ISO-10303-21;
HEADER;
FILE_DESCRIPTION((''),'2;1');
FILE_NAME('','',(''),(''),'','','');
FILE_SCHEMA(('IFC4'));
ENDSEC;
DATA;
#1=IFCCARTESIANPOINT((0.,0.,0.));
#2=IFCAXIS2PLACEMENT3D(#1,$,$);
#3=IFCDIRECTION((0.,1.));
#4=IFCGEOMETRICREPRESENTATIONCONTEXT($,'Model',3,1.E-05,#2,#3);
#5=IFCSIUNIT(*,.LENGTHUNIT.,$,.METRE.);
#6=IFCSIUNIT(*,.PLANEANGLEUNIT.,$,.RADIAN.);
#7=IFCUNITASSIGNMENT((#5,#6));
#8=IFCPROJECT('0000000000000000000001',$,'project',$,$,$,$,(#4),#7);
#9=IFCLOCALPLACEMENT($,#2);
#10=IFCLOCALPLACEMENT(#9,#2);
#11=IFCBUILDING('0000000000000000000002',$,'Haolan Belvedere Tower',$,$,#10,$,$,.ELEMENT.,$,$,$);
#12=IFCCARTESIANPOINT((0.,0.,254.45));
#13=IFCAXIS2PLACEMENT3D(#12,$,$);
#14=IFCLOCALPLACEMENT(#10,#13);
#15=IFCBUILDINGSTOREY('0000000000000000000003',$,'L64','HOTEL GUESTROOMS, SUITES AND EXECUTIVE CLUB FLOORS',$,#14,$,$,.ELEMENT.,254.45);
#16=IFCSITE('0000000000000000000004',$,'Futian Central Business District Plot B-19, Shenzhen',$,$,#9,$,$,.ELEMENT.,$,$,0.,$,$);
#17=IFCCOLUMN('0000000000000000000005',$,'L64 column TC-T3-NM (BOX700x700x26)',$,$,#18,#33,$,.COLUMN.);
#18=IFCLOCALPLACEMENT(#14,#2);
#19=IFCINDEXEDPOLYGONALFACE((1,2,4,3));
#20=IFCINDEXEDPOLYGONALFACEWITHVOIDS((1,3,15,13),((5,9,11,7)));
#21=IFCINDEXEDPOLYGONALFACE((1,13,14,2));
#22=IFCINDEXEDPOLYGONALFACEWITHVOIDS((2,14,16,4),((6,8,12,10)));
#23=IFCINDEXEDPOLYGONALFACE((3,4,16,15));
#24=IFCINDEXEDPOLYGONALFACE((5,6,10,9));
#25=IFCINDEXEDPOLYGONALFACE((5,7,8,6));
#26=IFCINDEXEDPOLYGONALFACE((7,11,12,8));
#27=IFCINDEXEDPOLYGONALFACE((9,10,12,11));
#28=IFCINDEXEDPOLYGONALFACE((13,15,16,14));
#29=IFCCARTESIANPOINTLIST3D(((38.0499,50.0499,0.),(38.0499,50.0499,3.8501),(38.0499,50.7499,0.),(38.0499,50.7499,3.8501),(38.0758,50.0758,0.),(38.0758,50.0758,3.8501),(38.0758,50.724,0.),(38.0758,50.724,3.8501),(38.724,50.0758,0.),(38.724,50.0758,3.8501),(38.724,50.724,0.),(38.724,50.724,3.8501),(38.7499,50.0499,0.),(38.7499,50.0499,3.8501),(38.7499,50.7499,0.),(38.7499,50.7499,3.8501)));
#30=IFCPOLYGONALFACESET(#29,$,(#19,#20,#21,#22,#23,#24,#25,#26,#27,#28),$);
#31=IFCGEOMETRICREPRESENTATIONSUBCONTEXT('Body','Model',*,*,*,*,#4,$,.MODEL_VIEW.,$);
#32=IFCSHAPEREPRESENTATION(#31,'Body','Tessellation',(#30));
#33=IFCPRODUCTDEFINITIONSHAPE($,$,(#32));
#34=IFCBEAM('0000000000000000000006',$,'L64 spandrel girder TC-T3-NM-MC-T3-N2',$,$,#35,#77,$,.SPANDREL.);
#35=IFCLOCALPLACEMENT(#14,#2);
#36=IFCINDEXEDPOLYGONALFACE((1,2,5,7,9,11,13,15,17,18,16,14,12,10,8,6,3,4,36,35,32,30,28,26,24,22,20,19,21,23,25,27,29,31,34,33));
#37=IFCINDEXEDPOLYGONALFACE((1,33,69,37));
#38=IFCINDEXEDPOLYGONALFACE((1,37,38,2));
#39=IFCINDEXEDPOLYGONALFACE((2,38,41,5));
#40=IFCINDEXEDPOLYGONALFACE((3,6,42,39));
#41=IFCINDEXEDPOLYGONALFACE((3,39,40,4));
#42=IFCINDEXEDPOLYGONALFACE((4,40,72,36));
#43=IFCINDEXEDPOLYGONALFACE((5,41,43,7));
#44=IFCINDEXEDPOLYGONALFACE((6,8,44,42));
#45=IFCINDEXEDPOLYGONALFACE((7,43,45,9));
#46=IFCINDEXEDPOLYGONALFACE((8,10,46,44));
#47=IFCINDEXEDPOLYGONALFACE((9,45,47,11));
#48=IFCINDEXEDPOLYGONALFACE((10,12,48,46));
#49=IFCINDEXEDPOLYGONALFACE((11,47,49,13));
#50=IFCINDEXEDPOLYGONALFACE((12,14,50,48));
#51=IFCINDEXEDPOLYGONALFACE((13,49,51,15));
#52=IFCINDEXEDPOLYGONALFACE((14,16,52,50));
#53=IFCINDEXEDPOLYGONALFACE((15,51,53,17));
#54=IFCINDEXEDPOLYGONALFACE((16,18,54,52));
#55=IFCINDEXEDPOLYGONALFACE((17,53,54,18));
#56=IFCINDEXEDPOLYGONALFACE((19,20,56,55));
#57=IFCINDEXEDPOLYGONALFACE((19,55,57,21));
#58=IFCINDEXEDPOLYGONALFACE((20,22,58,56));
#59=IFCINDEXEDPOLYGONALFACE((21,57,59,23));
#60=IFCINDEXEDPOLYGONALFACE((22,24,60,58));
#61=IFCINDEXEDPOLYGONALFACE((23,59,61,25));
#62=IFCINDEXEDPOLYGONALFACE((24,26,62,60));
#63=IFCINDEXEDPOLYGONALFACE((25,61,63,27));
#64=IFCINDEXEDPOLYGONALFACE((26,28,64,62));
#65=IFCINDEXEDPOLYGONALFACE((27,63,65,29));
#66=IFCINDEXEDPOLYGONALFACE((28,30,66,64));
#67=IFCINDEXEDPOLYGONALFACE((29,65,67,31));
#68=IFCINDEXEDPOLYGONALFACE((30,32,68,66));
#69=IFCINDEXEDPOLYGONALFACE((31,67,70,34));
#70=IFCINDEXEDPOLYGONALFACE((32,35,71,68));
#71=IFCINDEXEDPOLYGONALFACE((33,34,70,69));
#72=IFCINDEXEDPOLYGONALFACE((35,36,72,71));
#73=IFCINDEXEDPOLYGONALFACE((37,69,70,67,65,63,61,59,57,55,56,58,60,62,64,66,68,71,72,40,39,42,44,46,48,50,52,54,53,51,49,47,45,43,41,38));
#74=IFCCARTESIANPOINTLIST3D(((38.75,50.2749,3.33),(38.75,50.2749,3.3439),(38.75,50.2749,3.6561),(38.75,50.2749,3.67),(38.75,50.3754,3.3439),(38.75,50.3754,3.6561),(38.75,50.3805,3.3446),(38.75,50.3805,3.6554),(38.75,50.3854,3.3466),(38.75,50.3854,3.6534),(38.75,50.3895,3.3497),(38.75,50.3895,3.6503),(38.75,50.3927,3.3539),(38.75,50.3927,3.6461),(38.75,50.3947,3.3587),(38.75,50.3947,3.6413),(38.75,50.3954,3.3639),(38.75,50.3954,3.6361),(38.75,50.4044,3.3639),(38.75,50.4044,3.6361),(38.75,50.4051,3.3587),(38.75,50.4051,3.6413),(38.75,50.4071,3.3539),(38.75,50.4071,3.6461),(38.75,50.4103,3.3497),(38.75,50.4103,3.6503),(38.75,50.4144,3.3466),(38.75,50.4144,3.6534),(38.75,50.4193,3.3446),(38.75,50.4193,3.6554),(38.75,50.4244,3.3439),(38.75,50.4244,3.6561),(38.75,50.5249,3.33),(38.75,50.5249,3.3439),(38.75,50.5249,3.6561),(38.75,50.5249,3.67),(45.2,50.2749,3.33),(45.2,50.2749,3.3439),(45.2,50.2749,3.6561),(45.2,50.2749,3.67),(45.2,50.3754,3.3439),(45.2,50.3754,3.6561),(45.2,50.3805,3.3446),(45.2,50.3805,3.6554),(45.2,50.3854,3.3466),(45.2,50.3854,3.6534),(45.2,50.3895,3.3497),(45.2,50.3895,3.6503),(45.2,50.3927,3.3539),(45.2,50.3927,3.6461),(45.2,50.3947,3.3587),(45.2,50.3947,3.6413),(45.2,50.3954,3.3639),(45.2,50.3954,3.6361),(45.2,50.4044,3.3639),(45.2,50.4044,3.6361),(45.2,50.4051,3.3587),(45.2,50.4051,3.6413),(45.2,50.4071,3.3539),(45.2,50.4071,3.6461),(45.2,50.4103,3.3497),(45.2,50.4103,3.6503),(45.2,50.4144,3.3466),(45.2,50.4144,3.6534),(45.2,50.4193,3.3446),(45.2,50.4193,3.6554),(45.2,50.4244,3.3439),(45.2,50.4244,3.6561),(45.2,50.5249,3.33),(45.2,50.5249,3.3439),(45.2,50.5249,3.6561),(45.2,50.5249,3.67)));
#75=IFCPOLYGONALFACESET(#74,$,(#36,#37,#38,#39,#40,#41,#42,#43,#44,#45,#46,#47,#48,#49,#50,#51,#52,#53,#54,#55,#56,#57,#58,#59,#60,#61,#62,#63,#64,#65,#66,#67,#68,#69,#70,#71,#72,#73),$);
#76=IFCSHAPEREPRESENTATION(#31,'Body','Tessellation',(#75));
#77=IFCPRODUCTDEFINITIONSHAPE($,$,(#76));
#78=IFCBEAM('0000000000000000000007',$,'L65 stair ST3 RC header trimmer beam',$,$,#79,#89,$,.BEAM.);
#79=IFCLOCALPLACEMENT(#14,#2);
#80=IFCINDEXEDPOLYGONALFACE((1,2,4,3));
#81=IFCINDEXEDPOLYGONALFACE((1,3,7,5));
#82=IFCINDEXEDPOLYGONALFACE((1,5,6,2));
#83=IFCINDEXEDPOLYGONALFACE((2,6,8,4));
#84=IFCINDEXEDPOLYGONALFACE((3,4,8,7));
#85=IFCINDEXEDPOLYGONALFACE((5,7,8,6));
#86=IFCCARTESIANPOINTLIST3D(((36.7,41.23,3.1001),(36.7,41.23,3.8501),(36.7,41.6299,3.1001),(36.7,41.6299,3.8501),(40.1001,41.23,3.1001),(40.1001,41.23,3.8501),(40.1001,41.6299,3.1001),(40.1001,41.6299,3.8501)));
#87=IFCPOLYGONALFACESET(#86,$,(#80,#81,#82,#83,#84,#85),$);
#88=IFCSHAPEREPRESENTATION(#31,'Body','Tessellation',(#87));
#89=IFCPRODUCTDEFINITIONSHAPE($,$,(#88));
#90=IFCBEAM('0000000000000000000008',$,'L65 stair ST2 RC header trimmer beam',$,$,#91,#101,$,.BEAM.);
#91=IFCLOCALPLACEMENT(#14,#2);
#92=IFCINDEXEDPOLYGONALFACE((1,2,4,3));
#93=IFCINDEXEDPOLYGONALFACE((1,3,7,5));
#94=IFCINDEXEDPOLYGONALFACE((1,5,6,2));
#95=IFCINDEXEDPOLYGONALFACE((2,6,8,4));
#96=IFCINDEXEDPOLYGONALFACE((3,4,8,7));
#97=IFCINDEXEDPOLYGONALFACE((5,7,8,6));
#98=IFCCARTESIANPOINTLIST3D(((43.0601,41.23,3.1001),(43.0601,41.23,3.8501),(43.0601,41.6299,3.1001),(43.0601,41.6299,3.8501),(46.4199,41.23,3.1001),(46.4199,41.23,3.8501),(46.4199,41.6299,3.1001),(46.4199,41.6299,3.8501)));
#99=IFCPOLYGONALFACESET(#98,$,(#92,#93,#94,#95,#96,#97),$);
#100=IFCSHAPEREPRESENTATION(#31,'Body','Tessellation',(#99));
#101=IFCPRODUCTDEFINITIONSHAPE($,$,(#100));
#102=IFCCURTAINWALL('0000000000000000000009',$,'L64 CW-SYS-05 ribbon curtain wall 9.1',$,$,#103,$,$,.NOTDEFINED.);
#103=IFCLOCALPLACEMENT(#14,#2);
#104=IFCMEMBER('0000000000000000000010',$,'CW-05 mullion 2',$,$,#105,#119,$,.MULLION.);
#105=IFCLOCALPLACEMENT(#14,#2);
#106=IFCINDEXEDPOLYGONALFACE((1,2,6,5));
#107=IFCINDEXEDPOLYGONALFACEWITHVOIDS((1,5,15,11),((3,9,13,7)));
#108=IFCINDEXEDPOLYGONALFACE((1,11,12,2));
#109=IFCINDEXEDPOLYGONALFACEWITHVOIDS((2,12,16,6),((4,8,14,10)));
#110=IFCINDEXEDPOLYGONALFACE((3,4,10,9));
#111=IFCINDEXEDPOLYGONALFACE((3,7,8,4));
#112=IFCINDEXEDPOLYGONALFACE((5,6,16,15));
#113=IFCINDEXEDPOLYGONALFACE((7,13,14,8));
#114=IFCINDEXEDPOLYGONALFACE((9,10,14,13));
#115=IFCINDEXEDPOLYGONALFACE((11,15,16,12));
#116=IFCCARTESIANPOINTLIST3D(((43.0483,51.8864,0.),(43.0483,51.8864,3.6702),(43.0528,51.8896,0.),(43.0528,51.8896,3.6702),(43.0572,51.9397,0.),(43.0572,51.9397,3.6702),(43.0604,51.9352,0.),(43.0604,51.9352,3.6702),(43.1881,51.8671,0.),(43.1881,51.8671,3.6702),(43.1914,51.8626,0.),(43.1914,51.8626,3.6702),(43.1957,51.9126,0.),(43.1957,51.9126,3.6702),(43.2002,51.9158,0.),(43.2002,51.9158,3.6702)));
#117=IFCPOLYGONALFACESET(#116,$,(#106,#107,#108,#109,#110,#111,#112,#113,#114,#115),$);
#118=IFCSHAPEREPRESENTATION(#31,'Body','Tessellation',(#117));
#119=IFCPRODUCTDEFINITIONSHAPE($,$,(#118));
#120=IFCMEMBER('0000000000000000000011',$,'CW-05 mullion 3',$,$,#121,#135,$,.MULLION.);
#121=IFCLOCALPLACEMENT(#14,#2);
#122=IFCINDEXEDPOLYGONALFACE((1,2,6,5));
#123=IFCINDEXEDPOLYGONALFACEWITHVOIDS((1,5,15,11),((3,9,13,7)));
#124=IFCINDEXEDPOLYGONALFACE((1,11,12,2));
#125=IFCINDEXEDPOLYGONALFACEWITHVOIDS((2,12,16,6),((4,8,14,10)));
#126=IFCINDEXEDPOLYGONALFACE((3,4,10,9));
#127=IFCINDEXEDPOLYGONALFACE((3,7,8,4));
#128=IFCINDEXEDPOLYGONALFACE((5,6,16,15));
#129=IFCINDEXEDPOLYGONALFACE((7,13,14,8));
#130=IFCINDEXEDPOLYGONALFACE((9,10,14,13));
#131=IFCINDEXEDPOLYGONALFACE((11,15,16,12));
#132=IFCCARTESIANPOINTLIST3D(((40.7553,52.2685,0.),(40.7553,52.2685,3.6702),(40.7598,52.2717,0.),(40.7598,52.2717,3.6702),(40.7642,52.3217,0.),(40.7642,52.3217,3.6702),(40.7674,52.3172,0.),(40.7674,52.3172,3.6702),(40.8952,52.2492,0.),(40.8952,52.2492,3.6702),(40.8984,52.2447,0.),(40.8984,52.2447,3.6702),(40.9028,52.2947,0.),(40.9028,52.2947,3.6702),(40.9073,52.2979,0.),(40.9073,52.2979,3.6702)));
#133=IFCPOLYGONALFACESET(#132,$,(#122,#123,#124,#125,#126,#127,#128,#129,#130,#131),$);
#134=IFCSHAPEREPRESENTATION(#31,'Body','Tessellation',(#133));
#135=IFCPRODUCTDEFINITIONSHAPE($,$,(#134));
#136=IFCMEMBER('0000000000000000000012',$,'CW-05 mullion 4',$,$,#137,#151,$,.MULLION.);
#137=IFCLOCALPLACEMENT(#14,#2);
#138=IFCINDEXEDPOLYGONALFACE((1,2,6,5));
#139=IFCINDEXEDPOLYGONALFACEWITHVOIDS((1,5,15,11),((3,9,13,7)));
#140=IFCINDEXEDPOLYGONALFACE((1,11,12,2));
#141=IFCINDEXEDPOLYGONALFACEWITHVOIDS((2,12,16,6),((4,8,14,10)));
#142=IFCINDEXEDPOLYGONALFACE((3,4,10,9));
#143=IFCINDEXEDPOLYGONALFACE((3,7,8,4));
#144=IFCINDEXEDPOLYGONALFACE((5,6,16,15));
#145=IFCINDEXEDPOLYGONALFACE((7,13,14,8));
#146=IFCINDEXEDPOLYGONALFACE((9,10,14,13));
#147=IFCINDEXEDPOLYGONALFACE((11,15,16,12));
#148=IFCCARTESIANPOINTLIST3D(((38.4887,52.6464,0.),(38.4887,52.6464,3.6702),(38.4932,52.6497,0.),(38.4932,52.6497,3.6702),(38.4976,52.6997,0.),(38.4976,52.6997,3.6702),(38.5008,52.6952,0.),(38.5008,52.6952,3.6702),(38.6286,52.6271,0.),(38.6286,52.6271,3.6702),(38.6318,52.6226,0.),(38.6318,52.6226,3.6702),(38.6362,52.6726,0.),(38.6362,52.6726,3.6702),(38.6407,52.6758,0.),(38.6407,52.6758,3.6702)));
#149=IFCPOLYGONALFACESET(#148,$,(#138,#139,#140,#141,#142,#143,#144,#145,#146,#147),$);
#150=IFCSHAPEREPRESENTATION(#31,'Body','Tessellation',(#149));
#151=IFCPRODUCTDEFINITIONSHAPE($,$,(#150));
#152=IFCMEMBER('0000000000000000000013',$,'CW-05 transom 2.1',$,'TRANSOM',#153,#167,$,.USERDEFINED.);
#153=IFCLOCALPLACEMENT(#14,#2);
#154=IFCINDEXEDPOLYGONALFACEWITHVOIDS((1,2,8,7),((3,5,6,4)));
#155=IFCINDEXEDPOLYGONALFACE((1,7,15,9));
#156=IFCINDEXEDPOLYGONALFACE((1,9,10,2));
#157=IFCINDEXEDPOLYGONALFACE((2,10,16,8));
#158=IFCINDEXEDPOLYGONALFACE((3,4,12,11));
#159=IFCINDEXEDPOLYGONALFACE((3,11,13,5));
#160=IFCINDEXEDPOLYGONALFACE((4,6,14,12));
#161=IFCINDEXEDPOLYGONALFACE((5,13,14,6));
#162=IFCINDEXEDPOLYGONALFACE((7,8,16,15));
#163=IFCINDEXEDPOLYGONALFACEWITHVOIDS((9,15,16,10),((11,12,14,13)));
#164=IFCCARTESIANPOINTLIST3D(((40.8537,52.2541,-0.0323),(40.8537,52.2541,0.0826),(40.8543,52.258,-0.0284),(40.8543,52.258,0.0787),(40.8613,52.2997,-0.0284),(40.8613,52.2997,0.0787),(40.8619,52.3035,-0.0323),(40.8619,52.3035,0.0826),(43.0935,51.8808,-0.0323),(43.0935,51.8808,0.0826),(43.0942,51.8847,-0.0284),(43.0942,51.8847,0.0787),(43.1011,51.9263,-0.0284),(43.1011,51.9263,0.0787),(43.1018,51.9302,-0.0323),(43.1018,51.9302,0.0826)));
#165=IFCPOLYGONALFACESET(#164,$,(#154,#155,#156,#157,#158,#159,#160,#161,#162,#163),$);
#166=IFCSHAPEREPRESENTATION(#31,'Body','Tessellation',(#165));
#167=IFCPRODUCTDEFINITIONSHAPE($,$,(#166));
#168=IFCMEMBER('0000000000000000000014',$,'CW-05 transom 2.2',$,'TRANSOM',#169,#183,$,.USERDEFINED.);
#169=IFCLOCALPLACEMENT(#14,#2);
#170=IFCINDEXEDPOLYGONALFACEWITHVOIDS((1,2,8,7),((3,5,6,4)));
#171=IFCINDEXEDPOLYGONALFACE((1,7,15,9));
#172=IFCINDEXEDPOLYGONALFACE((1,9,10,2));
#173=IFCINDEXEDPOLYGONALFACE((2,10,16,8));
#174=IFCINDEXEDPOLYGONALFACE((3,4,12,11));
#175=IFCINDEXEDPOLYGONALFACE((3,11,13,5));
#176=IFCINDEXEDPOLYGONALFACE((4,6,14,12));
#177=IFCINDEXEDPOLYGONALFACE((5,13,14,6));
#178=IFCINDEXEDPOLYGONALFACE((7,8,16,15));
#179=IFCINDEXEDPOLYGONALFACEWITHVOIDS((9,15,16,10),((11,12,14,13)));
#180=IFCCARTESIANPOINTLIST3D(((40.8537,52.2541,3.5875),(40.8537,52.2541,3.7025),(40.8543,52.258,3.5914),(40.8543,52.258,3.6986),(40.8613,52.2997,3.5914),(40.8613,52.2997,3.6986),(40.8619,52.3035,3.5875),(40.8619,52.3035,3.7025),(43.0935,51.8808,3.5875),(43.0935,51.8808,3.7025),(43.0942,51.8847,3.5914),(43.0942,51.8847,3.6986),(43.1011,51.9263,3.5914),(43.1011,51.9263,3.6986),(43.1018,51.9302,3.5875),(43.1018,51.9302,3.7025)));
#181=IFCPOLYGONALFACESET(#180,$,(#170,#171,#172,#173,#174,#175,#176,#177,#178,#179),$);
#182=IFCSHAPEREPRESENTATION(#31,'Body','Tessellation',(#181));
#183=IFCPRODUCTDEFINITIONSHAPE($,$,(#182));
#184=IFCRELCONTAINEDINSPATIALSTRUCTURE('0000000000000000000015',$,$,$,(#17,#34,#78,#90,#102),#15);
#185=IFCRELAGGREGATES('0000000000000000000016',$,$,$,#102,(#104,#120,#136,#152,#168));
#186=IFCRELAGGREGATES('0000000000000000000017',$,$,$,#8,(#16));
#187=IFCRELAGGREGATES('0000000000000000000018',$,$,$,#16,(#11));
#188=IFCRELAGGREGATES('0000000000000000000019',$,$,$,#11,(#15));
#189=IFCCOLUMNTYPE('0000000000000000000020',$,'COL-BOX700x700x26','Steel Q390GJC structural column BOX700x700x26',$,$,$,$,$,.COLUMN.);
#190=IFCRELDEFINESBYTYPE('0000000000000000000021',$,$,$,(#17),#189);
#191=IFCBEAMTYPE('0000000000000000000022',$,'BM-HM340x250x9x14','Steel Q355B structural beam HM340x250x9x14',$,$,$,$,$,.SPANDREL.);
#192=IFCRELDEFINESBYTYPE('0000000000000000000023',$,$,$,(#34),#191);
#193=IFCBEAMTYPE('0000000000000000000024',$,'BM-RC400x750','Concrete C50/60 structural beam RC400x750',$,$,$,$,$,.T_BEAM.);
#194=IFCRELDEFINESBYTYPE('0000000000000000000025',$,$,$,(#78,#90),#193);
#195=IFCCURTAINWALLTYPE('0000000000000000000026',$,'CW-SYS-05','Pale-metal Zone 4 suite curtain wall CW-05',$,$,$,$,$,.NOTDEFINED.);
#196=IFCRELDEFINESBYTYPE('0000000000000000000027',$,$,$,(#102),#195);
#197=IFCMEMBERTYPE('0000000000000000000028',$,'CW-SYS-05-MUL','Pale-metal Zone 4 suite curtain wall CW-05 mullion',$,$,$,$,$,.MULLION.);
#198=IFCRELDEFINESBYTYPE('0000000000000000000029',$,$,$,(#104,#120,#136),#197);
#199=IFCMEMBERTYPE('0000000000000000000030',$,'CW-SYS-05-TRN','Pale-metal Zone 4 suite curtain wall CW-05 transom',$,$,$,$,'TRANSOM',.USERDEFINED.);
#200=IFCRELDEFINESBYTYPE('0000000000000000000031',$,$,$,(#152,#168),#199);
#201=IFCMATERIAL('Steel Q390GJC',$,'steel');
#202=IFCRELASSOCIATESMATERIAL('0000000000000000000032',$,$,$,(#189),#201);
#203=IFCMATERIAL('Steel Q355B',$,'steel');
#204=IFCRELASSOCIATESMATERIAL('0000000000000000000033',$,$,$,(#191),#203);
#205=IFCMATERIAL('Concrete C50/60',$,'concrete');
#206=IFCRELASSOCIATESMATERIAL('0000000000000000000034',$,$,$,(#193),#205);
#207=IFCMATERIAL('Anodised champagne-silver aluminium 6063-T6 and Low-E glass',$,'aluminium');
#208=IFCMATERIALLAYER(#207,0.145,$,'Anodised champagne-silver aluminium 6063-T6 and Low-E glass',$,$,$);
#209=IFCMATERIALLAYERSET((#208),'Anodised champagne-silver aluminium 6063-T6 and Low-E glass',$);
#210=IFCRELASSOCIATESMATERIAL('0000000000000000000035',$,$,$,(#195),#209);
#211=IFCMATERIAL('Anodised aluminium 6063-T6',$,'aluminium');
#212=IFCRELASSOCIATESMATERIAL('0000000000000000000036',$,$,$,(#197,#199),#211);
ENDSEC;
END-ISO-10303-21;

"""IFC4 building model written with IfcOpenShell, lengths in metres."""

from ifc_helpers import new_model, si_unit, direction, frame, origin, origin_2d, place, context, subcontext, project, spatial, rectangle, hollow_rectangle, i_section, extrude, material, layer, layer_set, material_profile, profile_set, type_object, element, aggregate, save


model = new_model("IFC4")

# Units and contexts
model_context = context("Model", 3, precision=1e-05, world=origin(), true_north=direction((0.0, 1.0)))
body_context = subcontext(model_context, "Body", "Model", "MODEL_VIEW")
ifc_project = project(units=[si_unit("LENGTHUNIT", "METRE"), si_unit("PLANEANGLEUNIT", "RADIAN")], contexts=[model_context])

# Site, building, storey
site_placement = place(None, origin())
site = spatial("IfcSite", under=ifc_project, at=site_placement, Name="Futian Central Business District Plot B-19, Shenzhen", CompositionType="ELEMENT", RefElevation=0.0)
building_placement = place(site_placement, origin())
building = spatial("IfcBuilding", under=site, at=building_placement, Name="Haolan Belvedere Tower", CompositionType="ELEMENT")
storey_placement = place(building_placement, frame((0.0, 0.0, 254.45)))
storey = spatial("IfcBuildingStorey", under=building, at=storey_placement, Name="L64", Description="HOTEL GUESTROOMS, SUITES AND EXECUTIVE CLUB FLOORS", CompositionType="ELEMENT", Elevation=254.45)

# Column
ifc_material_1 = material(Name="Steel Q390GJC", Category="steel")
ifc_material_profile_1 = material_profile(ifc_material_1, hollow_rectangle(XDim=0.7, YDim=0.7, WallThickness=0.0259, at=origin_2d()), Name="Steel Q390GJC")
ifc_profile_set_1 = profile_set([ifc_material_profile_1], Name="Steel Q390GJC")
column_type = type_object("IfcColumnType", Name="COL-BOX700x700x26", Description="Steel Q390GJC structural column BOX700x700x26", PredefinedType="COLUMN", material=ifc_profile_set_1)
column_placement = place(storey_placement, frame((38.3999, 50.3999, 0.0), z_axis=(0.0, 0.0, 1.0), x_axis=(1.0, 0.0, 0.0)))
element("IfcColumn", 1, at=column_placement, inside=storey, type_object=column_type, Name="L64 column TC-T3-NM (BOX700x700x26)", PredefinedType="COLUMN", context=body_context, shape_type="SweptSolid", body=[
    extrude(hollow_rectangle(XDim=0.7, YDim=0.7, WallThickness=0.0259, at=origin_2d()), origin(), (0.0, 0.0, 1.0), 3.8501),
])

# Beams
ifc_material_2 = material(Name="Steel Q355B", Category="steel")
ifc_material_profile_2 = material_profile(ifc_material_2, i_section(OverallWidth=0.25, OverallDepth=0.3401, WebThickness=0.009, FlangeThickness=0.0139, FilletRadius=0.02, at=origin_2d()), Name="Steel Q355B")
ifc_profile_set_2 = profile_set([ifc_material_profile_2], Name="Steel Q355B")
beam_type_1 = type_object("IfcBeamType", Name="BM-HM340x250x9x14", Description="Steel Q355B structural beam HM340x250x9x14", PredefinedType="SPANDREL", material=ifc_profile_set_2)
beam_1_placement = place(storey_placement, frame((38.75, 50.3999, 3.5), z_axis=(1.0, 0.0, 0.0), x_axis=(0.0, 1.0, 0.0)))
element("IfcBeam", 2, at=beam_1_placement, inside=storey, type_object=beam_type_1, Name="L64 spandrel girder TC-T3-NM-MC-T3-N2", PredefinedType="SPANDREL", context=body_context, shape_type="SweptSolid", body=[
    extrude(i_section(OverallWidth=0.25, OverallDepth=0.3401, WebThickness=0.009, FlangeThickness=0.0139, FilletRadius=0.02, at=origin_2d()), origin(), (0.0, 0.0, 1.0), 6.45),
])
ifc_material_3 = material(Name="Concrete C50/60", Category="concrete")
ifc_material_profile_3 = material_profile(ifc_material_3, rectangle(XDim=0.3999, YDim=0.75, at=origin_2d()), Name="Concrete C50/60")
ifc_profile_set_3 = profile_set([ifc_material_profile_3], Name="Concrete C50/60")
beam_type_2 = type_object("IfcBeamType", Name="BM-RC400x750", Description="Concrete C50/60 structural beam RC400x750", PredefinedType="T_BEAM", material=ifc_profile_set_3)
beam_2_placement = place(storey_placement, frame((36.7, 41.4299, 3.4751), z_axis=(1.0, 0.0, 0.0), x_axis=(0.0, 1.0, 0.0)))
element("IfcBeam", 3, at=beam_2_placement, inside=storey, type_object=beam_type_2, Name="L65 stair ST3 RC header trimmer beam", PredefinedType="BEAM", context=body_context, shape_type="SweptSolid", body=[
    extrude(rectangle(XDim=0.3999, YDim=0.75, at=origin_2d()), origin(), (0.0, 0.0, 1.0), 3.4001),
])
beam_3_placement = place(storey_placement, frame((43.0601, 41.4299, 3.4751), z_axis=(1.0, 0.0, 0.0), x_axis=(0.0, 1.0, 0.0)))
element("IfcBeam", 4, at=beam_3_placement, inside=storey, type_object=beam_type_2, Name="L65 stair ST2 RC header trimmer beam", PredefinedType="BEAM", context=body_context, shape_type="SweptSolid", body=[
    extrude(rectangle(XDim=0.3999, YDim=0.75, at=origin_2d()), origin(), (0.0, 0.0, 1.0), 3.3599),
])

# Curtain wall, members
ifc_material_4 = material(Name="Anodised champagne-silver aluminium 6063-T6 and Low-E glass", Category="aluminium")
ifc_layer_1 = layer(ifc_material_4, 0.145, Name="Anodised champagne-silver aluminium 6063-T6 and Low-E glass")
ifc_layer_set_1 = layer_set([ifc_layer_1], Name="Anodised champagne-silver aluminium 6063-T6 and Low-E glass")
curtain_wall_type = type_object("IfcCurtainWallType", Name="CW-SYS-05", Description="Pale-metal Zone 4 suite curtain wall CW-05", PredefinedType="NOTDEFINED", material=ifc_layer_set_1)
curtain_wall_placement = place(storey_placement, origin())
curtain_wall = element("IfcCurtainWall", 5, at=curtain_wall_placement, inside=storey, type_object=curtain_wall_type, Name="L64 CW-SYS-05 ribbon curtain wall 9.1", PredefinedType="NOTDEFINED")
ifc_material_5 = material(Name="Anodised aluminium 6063-T6", Category="aluminium")
ifc_material_profile_4 = material_profile(ifc_material_5, hollow_rectangle(XDim=0.054, YDim=0.145, WallThickness=0.0039, at=origin_2d()), Name="Anodised aluminium 6063-T6")
ifc_profile_set_4 = profile_set([ifc_material_profile_4], Name="Anodised aluminium 6063-T6")
member_type_1 = type_object("IfcMemberType", Name="CW-SYS-05-MUL", Description="Pale-metal Zone 4 suite curtain wall CW-05 mullion", PredefinedType="MULLION", material=ifc_profile_set_4)
member_1_placement = place(storey_placement, frame((43.1243, 51.9011, 0.0), z_axis=(0.0, 0.0, 1.0), x_axis=(-0.164406, -0.986393, 0.0)))
member_1 = element("IfcMember", 6, at=member_1_placement, type_object=member_type_1, Name="CW-05 mullion 2", PredefinedType="MULLION", context=body_context, shape_type="SweptSolid", body=[
    extrude(hollow_rectangle(XDim=0.054, YDim=0.145, WallThickness=0.0039, at=origin_2d()), origin(), (0.0, 0.0, 1.0), 3.6702),
])
member_2_placement = place(storey_placement, frame((40.8313, 52.2832, 0.0), z_axis=(0.0, 0.0, 1.0), x_axis=(-0.164406, -0.986393, 0.0)))
member_2 = element("IfcMember", 7, at=member_2_placement, type_object=member_type_1, Name="CW-05 mullion 3", PredefinedType="MULLION", context=body_context, shape_type="SweptSolid", body=[
    extrude(hollow_rectangle(XDim=0.054, YDim=0.145, WallThickness=0.0039, at=origin_2d()), origin(), (0.0, 0.0, 1.0), 3.6702),
])
member_3_placement = place(storey_placement, frame((38.5647, 52.6611, 0.0), z_axis=(0.0, 0.0, 1.0), x_axis=(-0.164406, -0.986393, 0.0)))
member_3 = element("IfcMember", 8, at=member_3_placement, type_object=member_type_1, Name="CW-05 mullion 4", PredefinedType="MULLION", context=body_context, shape_type="SweptSolid", body=[
    extrude(hollow_rectangle(XDim=0.054, YDim=0.145, WallThickness=0.0039, at=origin_2d()), origin(), (0.0, 0.0, 1.0), 3.6702),
])
ifc_material_profile_5 = material_profile(ifc_material_5, hollow_rectangle(XDim=0.05, YDim=0.115, WallThickness=0.0039, at=origin_2d()), Name="Anodised aluminium 6063-T6")
ifc_profile_set_5 = profile_set([ifc_material_profile_5], Name="Anodised aluminium 6063-T6")
member_type_2 = type_object("IfcMemberType", Name="CW-SYS-05-TRN", Description="Pale-metal Zone 4 suite curtain wall CW-05 transom", ElementType="TRANSOM", PredefinedType="USERDEFINED", material=ifc_profile_set_5)
member_4_placement = place(storey_placement, frame((43.0977, 51.9055, 0.0251), z_axis=(-0.986394, 0.164399, 0.0), x_axis=(-0.164399, -0.986394, 0.0)))
member_4 = element("IfcMember", 9, at=member_4_placement, type_object=member_type_2, Name="CW-05 transom 2.1", ObjectType="TRANSOM", PredefinedType="USERDEFINED", context=body_context, shape_type="SweptSolid", body=[
    extrude(hollow_rectangle(XDim=0.05, YDim=0.115, WallThickness=0.0039, at=origin_2d()), origin(), (0.0, 0.0, 1.0), 2.2708),
])
member_5_placement = place(storey_placement, frame((43.0977, 51.9055, 3.645), z_axis=(-0.986394, 0.164399, 0.0), x_axis=(-0.164399, -0.986394, 0.0)))
member_5 = element("IfcMember", 10, at=member_5_placement, type_object=member_type_2, Name="CW-05 transom 2.2", ObjectType="TRANSOM", PredefinedType="USERDEFINED", context=body_context, shape_type="SweptSolid", body=[
    extrude(hollow_rectangle(XDim=0.05, YDim=0.115, WallThickness=0.0039, at=origin_2d()), origin(), (0.0, 0.0, 1.0), 2.2708),
])
aggregate(curtain_wall, [member_1, member_2, member_3, member_4, member_5])

save(model, "model.ifc")
